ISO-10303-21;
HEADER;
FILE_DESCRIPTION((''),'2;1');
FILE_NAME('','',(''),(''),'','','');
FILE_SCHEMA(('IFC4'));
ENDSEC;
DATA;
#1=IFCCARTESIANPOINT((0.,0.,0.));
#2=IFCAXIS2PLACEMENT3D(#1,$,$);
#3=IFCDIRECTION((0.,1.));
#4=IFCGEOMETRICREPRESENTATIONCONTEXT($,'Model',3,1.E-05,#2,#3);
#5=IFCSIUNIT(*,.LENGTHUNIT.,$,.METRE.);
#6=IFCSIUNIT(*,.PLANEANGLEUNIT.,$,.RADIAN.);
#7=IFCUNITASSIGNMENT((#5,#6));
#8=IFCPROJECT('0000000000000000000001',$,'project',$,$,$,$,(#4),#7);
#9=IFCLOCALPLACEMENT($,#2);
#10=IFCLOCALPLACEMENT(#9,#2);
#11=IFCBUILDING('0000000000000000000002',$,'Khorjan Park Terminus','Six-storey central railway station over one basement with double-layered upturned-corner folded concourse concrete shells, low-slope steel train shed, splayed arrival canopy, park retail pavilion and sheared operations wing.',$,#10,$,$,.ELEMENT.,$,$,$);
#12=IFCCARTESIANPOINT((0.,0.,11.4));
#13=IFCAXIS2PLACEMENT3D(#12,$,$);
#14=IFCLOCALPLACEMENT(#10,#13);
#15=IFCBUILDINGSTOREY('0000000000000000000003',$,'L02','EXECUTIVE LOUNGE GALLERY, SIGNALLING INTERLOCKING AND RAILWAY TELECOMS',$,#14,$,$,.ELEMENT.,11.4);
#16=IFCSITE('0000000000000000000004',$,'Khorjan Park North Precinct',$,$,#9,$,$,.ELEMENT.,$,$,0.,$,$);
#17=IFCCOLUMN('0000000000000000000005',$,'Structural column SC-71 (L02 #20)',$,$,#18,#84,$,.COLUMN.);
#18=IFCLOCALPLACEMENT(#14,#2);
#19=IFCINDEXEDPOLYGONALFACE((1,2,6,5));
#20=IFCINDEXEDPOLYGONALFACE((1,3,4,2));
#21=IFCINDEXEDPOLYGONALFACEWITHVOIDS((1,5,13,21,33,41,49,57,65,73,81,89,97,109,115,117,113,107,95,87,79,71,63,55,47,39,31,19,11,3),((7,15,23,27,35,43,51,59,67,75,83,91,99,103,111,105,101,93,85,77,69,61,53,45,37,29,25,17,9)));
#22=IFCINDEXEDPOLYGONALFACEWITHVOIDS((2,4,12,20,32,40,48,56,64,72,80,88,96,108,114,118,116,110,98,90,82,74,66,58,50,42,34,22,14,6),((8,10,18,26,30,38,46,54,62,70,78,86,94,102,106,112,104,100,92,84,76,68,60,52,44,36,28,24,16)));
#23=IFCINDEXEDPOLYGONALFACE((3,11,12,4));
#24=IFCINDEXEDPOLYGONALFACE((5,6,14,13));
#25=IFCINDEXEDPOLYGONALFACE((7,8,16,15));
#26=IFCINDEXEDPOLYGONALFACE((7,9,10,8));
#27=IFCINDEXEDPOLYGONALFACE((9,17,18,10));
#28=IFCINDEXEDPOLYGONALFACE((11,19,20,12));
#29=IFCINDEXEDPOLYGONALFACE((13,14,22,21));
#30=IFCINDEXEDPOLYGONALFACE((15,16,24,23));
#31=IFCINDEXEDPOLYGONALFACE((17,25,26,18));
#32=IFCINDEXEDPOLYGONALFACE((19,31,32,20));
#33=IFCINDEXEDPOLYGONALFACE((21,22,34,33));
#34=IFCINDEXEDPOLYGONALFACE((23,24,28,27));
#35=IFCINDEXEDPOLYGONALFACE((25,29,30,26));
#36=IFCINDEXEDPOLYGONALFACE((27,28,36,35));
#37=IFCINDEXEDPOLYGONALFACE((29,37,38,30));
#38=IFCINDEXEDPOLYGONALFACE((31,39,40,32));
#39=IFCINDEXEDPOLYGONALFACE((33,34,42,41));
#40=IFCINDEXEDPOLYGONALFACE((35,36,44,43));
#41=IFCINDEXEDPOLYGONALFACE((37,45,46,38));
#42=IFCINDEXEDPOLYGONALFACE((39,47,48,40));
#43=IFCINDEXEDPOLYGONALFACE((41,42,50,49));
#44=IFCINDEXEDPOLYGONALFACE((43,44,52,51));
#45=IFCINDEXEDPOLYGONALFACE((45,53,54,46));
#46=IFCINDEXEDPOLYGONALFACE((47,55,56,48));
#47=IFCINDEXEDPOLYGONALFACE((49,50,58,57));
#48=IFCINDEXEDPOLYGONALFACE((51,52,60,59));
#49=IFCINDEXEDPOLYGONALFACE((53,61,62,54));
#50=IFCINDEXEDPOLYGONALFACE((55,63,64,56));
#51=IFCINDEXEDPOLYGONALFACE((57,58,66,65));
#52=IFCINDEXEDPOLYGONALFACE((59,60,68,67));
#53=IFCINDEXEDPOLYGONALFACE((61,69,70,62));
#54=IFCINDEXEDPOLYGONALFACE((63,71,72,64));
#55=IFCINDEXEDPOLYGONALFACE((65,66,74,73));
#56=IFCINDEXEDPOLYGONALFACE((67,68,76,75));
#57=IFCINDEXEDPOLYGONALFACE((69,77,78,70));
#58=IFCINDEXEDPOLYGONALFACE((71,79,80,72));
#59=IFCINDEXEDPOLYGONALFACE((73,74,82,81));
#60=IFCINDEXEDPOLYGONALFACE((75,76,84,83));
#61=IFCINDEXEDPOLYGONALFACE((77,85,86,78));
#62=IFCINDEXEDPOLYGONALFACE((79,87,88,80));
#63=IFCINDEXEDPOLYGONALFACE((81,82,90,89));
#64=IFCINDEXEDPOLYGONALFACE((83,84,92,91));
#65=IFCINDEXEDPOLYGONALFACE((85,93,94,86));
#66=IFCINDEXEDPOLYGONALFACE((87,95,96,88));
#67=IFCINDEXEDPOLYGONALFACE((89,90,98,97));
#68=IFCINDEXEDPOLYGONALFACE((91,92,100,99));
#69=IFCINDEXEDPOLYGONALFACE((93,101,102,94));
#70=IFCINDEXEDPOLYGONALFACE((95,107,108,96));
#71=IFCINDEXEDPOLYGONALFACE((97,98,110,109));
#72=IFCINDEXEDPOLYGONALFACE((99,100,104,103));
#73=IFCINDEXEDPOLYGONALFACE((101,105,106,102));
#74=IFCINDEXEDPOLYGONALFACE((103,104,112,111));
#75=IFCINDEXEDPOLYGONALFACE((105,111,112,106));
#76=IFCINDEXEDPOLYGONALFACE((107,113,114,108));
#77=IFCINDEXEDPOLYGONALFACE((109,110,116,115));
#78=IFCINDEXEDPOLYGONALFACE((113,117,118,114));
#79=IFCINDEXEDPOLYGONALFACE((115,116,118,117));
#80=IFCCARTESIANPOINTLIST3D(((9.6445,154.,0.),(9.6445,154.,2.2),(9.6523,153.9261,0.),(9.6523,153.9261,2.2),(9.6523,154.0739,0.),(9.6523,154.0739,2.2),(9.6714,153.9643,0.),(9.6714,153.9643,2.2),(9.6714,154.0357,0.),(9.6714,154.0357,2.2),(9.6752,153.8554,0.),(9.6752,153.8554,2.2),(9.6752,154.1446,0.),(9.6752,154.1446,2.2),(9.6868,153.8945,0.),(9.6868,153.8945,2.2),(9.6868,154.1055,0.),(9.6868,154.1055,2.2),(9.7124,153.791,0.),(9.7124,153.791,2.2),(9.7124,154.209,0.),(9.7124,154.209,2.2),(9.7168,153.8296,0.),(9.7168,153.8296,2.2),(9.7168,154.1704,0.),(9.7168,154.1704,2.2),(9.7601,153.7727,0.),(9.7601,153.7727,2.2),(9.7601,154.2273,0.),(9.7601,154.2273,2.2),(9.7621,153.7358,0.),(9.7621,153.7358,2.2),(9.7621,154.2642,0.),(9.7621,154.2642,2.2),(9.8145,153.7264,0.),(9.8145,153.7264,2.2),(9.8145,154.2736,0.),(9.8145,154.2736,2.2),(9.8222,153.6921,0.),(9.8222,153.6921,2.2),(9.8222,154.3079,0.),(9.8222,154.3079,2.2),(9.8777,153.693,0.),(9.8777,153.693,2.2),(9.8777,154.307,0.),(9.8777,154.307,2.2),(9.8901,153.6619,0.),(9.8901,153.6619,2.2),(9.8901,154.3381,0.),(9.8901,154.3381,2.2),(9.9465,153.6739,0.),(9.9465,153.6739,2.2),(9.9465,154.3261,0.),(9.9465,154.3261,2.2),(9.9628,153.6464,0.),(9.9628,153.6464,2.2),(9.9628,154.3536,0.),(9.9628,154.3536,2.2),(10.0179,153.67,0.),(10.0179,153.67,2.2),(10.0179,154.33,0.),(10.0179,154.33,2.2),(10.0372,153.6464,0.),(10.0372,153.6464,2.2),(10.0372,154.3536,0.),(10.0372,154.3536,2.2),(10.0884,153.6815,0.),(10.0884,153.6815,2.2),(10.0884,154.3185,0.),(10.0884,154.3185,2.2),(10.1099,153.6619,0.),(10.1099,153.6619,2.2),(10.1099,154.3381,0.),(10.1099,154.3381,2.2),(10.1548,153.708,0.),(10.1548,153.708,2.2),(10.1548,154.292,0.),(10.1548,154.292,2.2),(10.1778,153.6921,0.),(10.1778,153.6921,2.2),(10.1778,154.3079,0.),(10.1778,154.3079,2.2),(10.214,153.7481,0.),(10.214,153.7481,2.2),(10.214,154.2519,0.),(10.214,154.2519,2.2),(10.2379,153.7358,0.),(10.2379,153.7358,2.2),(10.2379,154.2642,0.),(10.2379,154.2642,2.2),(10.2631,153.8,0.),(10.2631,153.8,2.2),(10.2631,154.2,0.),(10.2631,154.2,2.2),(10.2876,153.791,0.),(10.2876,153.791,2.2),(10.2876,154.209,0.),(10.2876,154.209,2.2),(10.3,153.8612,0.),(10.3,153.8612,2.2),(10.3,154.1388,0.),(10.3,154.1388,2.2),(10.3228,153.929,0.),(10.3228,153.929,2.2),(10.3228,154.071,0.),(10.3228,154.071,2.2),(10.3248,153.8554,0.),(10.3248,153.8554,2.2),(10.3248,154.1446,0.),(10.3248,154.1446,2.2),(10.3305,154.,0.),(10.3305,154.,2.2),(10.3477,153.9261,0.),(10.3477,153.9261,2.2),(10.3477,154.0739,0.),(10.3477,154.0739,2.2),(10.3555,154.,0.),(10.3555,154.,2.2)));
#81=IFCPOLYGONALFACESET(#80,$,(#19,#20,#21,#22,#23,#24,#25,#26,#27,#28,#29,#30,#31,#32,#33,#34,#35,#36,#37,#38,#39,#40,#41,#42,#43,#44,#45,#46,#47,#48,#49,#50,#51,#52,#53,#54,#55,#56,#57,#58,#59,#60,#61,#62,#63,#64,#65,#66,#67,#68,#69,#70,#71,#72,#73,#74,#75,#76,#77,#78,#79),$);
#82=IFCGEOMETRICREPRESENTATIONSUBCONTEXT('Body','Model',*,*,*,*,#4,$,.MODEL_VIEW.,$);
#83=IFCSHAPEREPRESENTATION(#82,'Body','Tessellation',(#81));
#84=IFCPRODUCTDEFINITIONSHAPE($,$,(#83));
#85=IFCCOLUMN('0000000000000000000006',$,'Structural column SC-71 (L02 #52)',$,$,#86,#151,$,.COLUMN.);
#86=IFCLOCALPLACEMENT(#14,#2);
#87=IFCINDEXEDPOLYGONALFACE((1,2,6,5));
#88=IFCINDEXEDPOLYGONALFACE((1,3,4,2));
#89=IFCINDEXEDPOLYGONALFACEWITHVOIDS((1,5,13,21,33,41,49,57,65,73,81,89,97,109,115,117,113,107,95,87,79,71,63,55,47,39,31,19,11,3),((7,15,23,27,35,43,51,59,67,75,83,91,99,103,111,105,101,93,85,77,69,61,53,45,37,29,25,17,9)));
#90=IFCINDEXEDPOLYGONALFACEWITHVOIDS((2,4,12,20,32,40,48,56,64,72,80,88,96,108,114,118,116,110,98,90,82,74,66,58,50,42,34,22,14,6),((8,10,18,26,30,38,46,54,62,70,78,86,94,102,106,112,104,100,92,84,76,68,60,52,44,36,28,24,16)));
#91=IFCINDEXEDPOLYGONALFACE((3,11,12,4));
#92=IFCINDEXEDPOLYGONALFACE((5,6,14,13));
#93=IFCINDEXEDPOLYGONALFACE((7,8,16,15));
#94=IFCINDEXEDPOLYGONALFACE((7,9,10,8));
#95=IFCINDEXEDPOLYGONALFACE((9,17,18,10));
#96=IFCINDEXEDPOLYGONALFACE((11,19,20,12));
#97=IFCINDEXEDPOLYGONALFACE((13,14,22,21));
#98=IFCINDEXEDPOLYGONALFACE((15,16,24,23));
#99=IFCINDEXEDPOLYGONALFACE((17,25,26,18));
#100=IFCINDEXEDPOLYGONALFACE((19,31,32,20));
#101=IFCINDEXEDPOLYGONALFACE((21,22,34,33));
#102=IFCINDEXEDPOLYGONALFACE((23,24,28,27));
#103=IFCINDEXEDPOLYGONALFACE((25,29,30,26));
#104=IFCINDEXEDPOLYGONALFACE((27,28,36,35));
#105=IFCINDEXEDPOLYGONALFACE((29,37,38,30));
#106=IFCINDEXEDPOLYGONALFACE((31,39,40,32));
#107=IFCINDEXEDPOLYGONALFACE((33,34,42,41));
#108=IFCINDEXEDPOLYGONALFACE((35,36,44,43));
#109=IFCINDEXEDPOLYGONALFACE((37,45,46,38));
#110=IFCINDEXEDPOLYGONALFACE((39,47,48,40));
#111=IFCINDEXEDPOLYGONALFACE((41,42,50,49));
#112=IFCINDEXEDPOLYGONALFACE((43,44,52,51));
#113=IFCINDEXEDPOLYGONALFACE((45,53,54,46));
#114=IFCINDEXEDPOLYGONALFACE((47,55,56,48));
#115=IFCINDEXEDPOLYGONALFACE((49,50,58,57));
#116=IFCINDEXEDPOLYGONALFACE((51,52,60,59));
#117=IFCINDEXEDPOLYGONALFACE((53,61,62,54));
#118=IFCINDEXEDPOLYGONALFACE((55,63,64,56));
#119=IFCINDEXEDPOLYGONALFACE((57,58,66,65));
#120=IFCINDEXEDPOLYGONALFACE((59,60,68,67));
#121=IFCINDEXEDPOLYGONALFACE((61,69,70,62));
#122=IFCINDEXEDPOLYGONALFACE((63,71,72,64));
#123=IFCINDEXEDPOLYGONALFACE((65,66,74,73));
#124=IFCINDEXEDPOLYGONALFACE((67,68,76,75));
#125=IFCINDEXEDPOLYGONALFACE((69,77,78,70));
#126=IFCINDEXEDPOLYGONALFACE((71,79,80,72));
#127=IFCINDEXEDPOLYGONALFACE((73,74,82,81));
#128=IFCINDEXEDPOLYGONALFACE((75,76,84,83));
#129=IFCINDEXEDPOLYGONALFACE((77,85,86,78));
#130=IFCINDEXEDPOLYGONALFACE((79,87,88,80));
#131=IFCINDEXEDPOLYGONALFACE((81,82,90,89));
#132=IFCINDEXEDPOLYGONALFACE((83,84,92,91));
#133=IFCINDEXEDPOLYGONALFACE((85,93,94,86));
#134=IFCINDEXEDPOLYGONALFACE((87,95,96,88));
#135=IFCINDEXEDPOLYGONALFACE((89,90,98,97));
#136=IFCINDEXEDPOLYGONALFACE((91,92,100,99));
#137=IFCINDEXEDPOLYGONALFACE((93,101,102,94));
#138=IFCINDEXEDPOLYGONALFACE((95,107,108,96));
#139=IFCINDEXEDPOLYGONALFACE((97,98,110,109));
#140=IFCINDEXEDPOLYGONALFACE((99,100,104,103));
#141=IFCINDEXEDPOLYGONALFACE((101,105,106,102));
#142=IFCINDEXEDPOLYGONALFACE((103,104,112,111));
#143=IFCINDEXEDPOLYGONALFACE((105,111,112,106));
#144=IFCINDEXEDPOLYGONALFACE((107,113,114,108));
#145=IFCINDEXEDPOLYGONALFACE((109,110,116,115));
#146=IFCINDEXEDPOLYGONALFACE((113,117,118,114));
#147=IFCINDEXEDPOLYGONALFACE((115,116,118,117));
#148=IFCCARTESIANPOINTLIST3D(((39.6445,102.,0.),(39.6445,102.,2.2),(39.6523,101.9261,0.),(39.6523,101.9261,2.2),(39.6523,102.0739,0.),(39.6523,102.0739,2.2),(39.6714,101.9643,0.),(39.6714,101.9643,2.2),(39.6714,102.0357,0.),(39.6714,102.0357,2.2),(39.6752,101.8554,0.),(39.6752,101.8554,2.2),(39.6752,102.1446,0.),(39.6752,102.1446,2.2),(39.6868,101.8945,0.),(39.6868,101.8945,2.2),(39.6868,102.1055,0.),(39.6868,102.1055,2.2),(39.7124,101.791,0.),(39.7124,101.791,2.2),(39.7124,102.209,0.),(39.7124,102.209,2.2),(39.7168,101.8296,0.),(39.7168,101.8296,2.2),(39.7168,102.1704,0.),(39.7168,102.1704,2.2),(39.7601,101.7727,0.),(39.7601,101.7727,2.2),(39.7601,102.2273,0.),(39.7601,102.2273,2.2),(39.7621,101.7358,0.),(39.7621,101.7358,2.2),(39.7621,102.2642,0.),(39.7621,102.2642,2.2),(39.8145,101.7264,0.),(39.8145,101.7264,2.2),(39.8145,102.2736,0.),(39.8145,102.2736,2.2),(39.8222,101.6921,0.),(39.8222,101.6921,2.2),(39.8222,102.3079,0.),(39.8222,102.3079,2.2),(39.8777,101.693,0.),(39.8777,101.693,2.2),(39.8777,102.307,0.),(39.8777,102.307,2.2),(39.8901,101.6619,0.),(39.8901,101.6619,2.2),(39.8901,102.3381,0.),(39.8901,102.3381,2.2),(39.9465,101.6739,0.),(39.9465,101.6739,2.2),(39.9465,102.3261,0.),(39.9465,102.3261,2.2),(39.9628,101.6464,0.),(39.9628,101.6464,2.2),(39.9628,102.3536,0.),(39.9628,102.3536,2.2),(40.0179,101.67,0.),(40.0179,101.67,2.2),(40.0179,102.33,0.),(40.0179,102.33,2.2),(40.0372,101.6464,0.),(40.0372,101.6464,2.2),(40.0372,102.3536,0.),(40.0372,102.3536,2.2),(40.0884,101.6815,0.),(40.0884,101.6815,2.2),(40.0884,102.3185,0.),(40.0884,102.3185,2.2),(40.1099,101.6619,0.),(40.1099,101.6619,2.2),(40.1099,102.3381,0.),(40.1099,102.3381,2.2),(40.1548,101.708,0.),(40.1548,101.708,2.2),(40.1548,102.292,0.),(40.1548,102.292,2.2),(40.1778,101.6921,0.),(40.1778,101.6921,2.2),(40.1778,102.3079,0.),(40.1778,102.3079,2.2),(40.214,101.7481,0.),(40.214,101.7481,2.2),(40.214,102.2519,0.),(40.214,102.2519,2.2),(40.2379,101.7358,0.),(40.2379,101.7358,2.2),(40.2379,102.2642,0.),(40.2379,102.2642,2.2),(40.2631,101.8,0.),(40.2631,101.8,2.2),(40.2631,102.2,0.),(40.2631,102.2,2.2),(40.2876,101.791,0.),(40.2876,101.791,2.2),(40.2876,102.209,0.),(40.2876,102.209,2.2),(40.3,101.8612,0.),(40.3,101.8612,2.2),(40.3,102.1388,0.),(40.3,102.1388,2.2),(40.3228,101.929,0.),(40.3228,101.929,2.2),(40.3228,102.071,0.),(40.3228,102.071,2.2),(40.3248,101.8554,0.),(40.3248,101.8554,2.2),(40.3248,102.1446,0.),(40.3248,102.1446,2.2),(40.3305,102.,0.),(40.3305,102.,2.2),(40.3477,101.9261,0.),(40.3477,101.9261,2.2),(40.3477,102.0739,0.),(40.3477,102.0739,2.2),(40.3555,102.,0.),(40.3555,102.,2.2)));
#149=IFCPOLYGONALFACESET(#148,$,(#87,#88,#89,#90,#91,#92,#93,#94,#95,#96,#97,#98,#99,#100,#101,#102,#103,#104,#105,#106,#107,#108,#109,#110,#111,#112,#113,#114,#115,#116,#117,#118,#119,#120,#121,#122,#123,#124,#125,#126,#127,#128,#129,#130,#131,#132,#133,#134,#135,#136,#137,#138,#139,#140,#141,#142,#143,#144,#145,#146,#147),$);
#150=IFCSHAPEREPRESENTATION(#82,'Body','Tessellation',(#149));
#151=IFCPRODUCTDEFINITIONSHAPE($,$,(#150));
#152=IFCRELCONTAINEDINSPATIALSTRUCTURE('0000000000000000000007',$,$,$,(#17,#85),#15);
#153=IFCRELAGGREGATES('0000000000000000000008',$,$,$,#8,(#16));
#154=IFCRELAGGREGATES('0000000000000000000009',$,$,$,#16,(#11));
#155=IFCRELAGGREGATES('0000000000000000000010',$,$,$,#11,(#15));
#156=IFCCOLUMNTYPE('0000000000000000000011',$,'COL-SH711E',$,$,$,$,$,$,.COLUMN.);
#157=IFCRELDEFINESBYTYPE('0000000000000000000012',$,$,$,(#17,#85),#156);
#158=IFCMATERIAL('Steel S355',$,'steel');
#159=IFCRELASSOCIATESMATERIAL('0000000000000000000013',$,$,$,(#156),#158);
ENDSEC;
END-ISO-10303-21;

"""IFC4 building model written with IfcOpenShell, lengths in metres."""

from ifc_helpers import new_model, si_unit, direction, frame, origin, origin_2d, place, context, subcontext, project, spatial, hollow_circle, extrude, material, material_profile, profile_set, type_object, element, save


model = new_model("IFC4")

# Units and contexts
model_context = context("Model", 3, precision=1e-05, world=origin(), true_north=direction((0.0, 1.0)))
body_context = subcontext(model_context, "Body", "Model", "MODEL_VIEW")
ifc_project = project(units=[si_unit("LENGTHUNIT", "METRE"), si_unit("PLANEANGLEUNIT", "RADIAN")], contexts=[model_context])

# Site, building, storey
site_placement = place(None, origin())
site = spatial("IfcSite", under=ifc_project, at=site_placement, Name="Khorjan Park North Precinct", CompositionType="ELEMENT", RefElevation=0.0)
building_placement = place(site_placement, origin())
building = spatial("IfcBuilding", under=site, at=building_placement, Name="Khorjan Park Terminus", Description="Six-storey central railway station over one basement with double-layered upturned-corner folded concourse concrete shells, low-slope steel train shed, splayed arrival canopy, park retail pavilion and sheared operations wing.", CompositionType="ELEMENT")
storey_placement = place(building_placement, frame((0.0, 0.0, 11.4)))
storey = spatial("IfcBuildingStorey", under=building, at=storey_placement, Name="L02", Description="EXECUTIVE LOUNGE GALLERY, SIGNALLING INTERLOCKING AND RAILWAY TELECOMS", CompositionType="ELEMENT", Elevation=11.4)

# Columns
ifc_material = material(Name="Steel S355", Category="steel")
ifc_material_profile_1 = material_profile(ifc_material, hollow_circle(Radius=0.3555, WallThickness=0.025, at=origin_2d()), Name="CHS 711x25")
ifc_profile_set_1 = profile_set([ifc_material_profile_1], Name="Steel S355")
column_type_1 = type_object("IfcColumnType", Name="COL-SH711E", PredefinedType="COLUMN", material=ifc_profile_set_1)
for number, where, z_axis, x_axis, name in (
    (1, (10.0, 154.0, 0.0), (0.0, 0.0, 1.0), (1.0, 0.0, 0.0), "Structural column SC-71 (L02 #20)"),
    (2, (40.0, 102.0, 0.0), (0.0, 0.0, 1.0), (1.0, 0.0, 0.0), "Structural column SC-71 (L02 #52)"),
):
    element("IfcColumn", number, at=place(storey_placement, frame(where, z_axis=z_axis, x_axis=x_axis)), inside=storey, type_object=column_type_1, Name=name, PredefinedType="COLUMN", context=body_context, shape_type="SweptSolid", body=[
        extrude(hollow_circle(Radius=0.3555, WallThickness=0.025, at=origin_2d()), origin(), (0.0, 0.0, 1.0), 2.2),
    ])

save(model, "model.ifc")
